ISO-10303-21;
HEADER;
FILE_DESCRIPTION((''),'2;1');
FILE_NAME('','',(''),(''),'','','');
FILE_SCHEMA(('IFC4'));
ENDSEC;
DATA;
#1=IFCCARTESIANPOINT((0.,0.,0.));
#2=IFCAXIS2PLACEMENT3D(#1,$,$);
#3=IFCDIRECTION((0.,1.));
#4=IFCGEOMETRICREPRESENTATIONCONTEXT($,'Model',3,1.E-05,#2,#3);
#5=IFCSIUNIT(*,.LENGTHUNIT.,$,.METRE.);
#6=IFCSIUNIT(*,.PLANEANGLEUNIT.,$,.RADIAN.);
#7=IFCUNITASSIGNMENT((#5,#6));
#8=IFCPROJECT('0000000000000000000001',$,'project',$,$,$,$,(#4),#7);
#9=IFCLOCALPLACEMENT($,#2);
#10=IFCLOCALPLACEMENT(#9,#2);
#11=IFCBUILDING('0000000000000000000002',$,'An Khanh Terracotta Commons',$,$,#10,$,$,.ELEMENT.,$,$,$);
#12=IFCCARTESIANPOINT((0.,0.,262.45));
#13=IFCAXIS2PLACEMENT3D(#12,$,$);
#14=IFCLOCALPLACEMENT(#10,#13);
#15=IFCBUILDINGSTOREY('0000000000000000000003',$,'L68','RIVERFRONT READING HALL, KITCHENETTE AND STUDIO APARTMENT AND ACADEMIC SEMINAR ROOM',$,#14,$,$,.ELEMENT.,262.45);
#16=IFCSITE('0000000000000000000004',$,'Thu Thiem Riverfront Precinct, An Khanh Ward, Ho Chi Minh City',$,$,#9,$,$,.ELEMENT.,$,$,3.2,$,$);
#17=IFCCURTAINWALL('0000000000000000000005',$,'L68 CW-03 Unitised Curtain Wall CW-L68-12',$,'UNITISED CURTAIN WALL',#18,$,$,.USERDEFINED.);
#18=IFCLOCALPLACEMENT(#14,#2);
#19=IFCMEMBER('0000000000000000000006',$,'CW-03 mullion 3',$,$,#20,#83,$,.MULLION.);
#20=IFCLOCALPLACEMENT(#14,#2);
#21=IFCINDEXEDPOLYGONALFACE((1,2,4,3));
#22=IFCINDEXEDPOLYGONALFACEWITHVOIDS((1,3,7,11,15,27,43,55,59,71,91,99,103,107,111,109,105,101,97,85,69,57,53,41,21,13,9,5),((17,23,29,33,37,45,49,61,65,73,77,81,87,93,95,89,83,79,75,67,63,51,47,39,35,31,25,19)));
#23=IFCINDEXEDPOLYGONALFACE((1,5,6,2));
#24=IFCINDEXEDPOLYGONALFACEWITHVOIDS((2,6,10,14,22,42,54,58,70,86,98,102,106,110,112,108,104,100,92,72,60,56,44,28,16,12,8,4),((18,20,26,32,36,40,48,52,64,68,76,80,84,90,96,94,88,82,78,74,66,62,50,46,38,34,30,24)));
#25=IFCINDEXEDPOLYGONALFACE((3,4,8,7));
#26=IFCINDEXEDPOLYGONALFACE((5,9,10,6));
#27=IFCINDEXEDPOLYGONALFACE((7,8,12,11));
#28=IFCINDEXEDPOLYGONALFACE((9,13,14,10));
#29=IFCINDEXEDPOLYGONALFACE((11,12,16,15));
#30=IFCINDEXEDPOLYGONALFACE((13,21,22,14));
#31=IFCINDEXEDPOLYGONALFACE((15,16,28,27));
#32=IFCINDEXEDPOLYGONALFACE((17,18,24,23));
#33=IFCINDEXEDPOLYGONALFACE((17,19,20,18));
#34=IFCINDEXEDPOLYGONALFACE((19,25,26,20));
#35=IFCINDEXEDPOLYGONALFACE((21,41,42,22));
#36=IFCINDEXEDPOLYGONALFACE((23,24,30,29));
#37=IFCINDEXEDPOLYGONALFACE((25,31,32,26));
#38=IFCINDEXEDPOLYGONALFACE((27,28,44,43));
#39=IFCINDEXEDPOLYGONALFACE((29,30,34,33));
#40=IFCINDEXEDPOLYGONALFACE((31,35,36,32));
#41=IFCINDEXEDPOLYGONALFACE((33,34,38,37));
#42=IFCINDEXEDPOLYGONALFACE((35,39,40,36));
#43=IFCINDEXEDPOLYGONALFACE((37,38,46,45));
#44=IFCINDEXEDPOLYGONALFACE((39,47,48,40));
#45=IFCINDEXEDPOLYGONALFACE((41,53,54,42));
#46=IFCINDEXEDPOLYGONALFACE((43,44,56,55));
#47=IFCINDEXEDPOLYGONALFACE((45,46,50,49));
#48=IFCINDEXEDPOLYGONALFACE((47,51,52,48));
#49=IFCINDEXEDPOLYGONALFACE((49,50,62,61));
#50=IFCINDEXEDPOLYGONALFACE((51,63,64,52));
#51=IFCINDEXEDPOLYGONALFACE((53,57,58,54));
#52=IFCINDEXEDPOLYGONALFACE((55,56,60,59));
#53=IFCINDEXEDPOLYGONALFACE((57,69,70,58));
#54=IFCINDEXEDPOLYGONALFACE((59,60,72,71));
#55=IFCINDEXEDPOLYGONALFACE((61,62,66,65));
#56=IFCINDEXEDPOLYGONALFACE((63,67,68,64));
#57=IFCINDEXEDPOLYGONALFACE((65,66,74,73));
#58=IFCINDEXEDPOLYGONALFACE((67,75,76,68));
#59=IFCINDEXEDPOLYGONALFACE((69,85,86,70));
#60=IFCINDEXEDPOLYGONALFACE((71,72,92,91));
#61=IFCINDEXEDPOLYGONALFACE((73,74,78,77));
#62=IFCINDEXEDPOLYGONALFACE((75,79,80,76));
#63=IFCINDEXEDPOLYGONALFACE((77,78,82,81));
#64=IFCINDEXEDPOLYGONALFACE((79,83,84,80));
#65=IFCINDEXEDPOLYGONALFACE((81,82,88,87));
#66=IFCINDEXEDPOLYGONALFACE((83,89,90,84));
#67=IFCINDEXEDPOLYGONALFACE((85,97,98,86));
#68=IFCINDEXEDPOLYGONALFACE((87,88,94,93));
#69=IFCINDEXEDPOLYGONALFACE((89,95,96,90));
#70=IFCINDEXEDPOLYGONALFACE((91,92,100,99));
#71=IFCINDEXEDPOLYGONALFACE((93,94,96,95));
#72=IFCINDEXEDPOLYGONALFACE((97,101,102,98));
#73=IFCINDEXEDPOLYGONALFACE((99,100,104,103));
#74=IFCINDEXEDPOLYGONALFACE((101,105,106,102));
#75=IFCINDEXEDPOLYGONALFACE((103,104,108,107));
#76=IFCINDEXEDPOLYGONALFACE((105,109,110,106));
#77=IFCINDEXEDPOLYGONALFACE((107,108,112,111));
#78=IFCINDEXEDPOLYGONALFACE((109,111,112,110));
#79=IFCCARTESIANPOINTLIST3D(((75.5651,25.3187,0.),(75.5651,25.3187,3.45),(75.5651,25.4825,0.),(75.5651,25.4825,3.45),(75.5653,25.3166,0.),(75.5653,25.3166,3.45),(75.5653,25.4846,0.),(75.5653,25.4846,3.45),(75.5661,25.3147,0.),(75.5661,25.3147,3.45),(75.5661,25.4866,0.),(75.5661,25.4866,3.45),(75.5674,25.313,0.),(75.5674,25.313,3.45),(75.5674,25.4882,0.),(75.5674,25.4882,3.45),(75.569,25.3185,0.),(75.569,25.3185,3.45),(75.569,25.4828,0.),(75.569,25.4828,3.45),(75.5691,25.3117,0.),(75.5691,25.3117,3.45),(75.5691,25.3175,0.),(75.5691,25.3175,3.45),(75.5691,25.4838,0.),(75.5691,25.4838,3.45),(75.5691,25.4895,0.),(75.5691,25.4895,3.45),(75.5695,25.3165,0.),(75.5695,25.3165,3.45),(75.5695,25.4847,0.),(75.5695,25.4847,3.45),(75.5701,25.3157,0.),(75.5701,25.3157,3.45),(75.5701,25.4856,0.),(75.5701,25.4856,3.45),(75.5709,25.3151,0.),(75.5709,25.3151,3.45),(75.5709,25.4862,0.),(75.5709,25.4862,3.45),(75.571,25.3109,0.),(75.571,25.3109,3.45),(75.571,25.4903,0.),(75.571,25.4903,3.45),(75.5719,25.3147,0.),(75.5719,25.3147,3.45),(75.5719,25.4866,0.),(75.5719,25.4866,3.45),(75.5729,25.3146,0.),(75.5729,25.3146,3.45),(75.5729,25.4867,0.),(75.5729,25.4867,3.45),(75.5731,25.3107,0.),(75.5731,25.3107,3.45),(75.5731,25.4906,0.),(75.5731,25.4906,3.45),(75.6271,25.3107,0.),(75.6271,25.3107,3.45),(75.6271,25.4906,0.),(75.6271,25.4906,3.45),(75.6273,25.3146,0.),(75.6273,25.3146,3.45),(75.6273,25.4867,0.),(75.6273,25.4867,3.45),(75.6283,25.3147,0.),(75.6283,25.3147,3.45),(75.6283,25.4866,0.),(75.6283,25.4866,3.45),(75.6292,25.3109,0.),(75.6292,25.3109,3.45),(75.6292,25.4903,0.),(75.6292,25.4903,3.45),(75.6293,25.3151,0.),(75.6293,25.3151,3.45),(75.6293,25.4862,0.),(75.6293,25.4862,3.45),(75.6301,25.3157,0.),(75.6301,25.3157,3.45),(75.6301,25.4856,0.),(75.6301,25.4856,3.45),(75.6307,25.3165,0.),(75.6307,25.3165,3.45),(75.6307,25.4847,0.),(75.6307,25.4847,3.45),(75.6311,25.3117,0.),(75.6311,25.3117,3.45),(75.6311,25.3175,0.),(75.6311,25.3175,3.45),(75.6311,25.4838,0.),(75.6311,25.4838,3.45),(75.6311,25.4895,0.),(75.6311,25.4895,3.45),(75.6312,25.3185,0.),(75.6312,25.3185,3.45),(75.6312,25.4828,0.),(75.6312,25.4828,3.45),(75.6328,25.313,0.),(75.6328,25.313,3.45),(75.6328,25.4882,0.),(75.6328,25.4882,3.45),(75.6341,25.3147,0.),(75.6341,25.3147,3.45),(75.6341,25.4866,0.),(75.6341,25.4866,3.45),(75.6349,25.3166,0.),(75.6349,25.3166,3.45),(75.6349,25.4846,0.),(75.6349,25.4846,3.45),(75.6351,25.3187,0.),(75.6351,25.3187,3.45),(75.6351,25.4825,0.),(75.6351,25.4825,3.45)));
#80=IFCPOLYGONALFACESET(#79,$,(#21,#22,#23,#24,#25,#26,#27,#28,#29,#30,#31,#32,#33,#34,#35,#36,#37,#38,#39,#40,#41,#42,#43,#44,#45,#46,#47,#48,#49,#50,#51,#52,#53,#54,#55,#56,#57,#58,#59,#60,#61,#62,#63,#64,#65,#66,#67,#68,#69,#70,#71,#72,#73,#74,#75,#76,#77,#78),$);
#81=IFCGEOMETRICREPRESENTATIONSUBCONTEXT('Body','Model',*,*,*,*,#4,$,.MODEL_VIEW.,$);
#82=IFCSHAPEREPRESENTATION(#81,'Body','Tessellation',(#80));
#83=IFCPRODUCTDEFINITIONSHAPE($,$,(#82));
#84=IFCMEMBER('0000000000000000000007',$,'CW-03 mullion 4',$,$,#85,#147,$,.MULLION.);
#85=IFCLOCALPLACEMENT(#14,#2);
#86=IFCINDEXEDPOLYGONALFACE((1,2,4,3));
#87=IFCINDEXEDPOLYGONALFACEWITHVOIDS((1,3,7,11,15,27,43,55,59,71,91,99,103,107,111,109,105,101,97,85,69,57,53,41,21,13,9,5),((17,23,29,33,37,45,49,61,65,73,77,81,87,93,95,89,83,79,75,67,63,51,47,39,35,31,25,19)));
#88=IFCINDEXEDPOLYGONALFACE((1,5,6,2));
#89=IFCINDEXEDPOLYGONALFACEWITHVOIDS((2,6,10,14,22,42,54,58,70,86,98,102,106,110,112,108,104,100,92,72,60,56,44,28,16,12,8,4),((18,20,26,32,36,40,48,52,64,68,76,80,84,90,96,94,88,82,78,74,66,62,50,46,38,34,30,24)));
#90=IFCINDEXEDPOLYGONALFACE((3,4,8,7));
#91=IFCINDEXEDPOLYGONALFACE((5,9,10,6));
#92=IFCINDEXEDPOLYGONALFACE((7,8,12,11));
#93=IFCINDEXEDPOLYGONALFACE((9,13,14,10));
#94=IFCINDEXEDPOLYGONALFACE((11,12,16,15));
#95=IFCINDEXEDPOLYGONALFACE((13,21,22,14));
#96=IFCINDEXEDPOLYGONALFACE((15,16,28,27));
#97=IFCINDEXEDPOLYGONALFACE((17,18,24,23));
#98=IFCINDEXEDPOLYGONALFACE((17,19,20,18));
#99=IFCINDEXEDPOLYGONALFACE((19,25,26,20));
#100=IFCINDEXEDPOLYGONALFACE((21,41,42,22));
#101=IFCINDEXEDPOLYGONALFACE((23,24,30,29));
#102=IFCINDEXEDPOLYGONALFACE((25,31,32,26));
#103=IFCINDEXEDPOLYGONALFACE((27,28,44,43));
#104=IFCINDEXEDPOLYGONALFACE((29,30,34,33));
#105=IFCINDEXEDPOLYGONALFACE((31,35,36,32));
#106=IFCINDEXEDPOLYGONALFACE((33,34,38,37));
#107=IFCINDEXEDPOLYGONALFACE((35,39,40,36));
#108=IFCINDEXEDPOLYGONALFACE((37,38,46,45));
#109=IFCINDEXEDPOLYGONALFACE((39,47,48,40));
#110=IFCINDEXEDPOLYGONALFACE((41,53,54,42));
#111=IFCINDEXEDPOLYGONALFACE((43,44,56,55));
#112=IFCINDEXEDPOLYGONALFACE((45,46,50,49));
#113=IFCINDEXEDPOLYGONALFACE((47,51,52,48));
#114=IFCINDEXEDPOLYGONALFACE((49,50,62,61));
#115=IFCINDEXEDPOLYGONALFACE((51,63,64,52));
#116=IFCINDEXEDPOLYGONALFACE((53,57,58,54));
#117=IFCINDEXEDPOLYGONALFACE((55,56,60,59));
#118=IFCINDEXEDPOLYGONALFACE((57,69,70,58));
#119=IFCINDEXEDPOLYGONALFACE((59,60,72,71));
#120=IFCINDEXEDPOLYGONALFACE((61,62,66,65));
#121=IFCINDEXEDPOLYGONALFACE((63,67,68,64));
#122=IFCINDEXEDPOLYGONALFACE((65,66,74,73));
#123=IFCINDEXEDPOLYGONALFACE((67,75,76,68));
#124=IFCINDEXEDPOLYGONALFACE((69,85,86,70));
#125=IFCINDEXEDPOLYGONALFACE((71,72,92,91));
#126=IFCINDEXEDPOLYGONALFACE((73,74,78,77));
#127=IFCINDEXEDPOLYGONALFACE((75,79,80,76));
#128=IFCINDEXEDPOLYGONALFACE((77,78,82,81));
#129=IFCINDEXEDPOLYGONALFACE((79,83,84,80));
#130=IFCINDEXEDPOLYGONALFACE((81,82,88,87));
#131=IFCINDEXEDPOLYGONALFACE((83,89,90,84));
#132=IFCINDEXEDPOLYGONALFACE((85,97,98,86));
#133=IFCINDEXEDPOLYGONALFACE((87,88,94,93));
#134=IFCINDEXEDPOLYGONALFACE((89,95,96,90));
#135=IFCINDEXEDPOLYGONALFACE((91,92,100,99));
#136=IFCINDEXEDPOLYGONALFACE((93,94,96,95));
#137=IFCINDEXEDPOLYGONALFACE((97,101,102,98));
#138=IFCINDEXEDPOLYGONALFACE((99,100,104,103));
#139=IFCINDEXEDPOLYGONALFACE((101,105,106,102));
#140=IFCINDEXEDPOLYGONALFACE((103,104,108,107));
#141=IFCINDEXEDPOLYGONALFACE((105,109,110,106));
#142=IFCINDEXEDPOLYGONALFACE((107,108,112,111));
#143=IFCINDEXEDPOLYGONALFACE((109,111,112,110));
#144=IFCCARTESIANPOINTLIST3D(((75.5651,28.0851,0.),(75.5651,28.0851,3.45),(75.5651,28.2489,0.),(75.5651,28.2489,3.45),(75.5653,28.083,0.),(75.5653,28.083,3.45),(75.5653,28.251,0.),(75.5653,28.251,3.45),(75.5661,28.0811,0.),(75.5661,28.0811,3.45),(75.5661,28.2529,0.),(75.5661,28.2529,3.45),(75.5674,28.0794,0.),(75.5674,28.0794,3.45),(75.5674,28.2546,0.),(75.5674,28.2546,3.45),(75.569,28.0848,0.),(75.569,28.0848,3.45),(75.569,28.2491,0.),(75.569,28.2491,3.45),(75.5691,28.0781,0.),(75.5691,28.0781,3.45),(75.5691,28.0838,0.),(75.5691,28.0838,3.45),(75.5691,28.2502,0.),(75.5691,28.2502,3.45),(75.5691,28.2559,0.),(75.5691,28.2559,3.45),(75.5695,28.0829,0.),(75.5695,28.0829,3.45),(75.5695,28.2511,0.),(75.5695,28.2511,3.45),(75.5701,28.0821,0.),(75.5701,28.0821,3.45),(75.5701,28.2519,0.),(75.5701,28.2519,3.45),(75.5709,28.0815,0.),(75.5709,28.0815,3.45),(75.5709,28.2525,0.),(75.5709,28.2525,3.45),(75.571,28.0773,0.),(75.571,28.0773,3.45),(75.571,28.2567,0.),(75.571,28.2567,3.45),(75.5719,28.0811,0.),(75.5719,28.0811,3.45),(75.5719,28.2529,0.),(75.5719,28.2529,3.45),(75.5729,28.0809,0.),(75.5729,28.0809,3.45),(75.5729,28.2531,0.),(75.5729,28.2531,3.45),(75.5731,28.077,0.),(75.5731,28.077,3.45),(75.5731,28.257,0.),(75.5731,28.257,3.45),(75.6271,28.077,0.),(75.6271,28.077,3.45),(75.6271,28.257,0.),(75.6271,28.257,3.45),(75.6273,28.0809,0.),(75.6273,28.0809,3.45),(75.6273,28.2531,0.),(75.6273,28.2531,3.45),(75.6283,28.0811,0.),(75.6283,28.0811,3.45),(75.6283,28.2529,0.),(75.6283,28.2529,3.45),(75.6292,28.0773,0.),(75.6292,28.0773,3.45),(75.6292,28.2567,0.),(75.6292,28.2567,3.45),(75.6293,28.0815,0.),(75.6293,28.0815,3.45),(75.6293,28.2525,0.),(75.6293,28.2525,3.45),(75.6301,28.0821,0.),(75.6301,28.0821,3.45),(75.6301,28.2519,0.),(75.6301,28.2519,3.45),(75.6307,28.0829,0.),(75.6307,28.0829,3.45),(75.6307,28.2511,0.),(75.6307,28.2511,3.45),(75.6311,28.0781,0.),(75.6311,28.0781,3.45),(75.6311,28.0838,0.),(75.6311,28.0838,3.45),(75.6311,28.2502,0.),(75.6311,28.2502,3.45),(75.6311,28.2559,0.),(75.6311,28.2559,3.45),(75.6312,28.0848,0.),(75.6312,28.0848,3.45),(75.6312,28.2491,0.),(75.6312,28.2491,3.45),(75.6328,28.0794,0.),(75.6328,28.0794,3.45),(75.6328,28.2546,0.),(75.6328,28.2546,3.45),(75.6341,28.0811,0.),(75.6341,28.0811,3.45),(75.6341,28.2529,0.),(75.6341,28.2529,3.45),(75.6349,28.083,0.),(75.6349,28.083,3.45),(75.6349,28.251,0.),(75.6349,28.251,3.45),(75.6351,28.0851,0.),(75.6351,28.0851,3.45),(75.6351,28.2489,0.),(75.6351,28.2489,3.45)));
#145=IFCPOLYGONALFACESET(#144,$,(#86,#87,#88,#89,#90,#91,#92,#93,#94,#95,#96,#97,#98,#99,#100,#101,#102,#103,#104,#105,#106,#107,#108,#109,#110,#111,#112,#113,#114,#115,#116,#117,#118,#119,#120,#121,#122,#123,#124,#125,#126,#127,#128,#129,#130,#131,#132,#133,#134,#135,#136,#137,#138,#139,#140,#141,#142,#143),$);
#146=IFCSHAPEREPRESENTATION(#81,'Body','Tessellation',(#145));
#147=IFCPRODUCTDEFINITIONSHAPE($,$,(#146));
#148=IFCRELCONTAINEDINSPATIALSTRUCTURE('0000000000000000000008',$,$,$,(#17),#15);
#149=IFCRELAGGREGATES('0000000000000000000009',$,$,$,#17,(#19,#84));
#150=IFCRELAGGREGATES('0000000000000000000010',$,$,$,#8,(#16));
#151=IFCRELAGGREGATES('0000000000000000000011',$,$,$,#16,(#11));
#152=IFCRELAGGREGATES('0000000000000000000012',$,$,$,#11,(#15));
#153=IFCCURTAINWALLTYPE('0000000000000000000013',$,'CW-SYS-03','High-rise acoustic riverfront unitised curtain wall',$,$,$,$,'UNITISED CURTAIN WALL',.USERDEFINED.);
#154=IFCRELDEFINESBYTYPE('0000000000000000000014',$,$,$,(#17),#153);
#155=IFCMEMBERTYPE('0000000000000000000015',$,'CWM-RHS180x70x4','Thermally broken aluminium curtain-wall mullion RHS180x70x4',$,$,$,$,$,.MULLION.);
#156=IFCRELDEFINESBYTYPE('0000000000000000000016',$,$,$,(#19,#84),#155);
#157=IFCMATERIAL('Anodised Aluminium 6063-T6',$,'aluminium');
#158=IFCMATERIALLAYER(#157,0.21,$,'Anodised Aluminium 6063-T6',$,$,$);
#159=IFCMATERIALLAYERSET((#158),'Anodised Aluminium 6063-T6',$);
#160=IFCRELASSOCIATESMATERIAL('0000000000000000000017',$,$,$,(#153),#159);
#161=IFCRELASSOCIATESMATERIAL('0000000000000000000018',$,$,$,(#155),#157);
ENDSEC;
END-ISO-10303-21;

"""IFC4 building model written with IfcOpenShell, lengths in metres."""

from ifc_helpers import new_model, si_unit, direction, frame, origin, origin_2d, place, context, subcontext, project, spatial, hollow_rectangle, extrude, material, layer, layer_set, material_profile, profile_set, type_object, element, aggregate, save


model = new_model("IFC4")

# Units and contexts
model_context = context("Model", 3, precision=1e-05, world=origin(), true_north=direction((0.0, 1.0)))
body_context = subcontext(model_context, "Body", "Model", "MODEL_VIEW")
ifc_project = project(units=[si_unit("LENGTHUNIT", "METRE"), si_unit("PLANEANGLEUNIT", "RADIAN")], contexts=[model_context])

# Site, building, storey
site_placement = place(None, origin())
site = spatial("IfcSite", under=ifc_project, at=site_placement, Name="Thu Thiem Riverfront Precinct, An Khanh Ward, Ho Chi Minh City", CompositionType="ELEMENT", RefElevation=3.2)
building_placement = place(site_placement, origin())
building = spatial("IfcBuilding", under=site, at=building_placement, Name="An Khanh Terracotta Commons", CompositionType="ELEMENT")
storey_placement = place(building_placement, frame((0.0, 0.0, 262.45)))
storey = spatial("IfcBuildingStorey", under=building, at=storey_placement, Name="L68", Description="RIVERFRONT READING HALL, KITCHENETTE AND STUDIO APARTMENT AND ACADEMIC SEMINAR ROOM", CompositionType="ELEMENT", Elevation=262.45)

# Curtain wall, members
ifc_material_1 = material(Name="Anodised Aluminium 6063-T6", Category="aluminium")
ifc_layer_1 = layer(ifc_material_1, 0.21, Name="Anodised Aluminium 6063-T6")
ifc_layer_set_1 = layer_set([ifc_layer_1], Name="Anodised Aluminium 6063-T6")
curtain_wall_type = type_object("IfcCurtainWallType", Name="CW-SYS-03", Description="High-rise acoustic riverfront unitised curtain wall", ElementType="UNITISED CURTAIN WALL", PredefinedType="USERDEFINED", material=ifc_layer_set_1)
curtain_wall_1_placement = place(storey_placement, origin())
curtain_wall_1 = element("IfcCurtainWall", 1, at=curtain_wall_1_placement, inside=storey, type_object=curtain_wall_type, Name="L68 CW-03 Unitised Curtain Wall CW-L68-12", ObjectType="UNITISED CURTAIN WALL", PredefinedType="USERDEFINED")
ifc_material_profile_1 = material_profile(ifc_material_1, hollow_rectangle(XDim=0.0701, YDim=0.1799, WallThickness=0.0039, InnerFilletRadius=0.0039, OuterFilletRadius=0.0081, at=origin_2d()), Name="RHS180x70x4")
ifc_profile_set_1 = profile_set([ifc_material_profile_1], Name="Anodised Aluminium 6063-T6")
member_type_1 = type_object("IfcMemberType", Name="CWM-RHS180x70x4", Description="Thermally broken aluminium curtain-wall mullion RHS180x70x4", PredefinedType="MULLION", material=ifc_profile_set_1)
member_1_placement = place(storey_placement, frame((75.6001, 25.4006, 0.0), z_axis=(0.0, 0.0, 1.0), x_axis=(-1.0, 0.0, 0.0)))
member_1 = element("IfcMember", 2, at=member_1_placement, type_object=member_type_1, Name="CW-03 mullion 3", PredefinedType="MULLION", context=body_context, shape_type="SweptSolid", body=[
    extrude(hollow_rectangle(XDim=0.0701, YDim=0.1799, WallThickness=0.0039, InnerFilletRadius=0.0039, OuterFilletRadius=0.0081, at=origin_2d()), origin(), (0.0, 0.0, 1.0), 3.45),
])
member_2_placement = place(storey_placement, frame((75.6001, 28.167, 0.0), z_axis=(0.0, 0.0, 1.0), x_axis=(-1.0, 0.0, 0.0)))
member_2 = element("IfcMember", 3, at=member_2_placement, type_object=member_type_1, Name="CW-03 mullion 4", PredefinedType="MULLION", context=body_context, shape_type="SweptSolid", body=[
    extrude(hollow_rectangle(XDim=0.0701, YDim=0.1799, WallThickness=0.0039, InnerFilletRadius=0.0039, OuterFilletRadius=0.0081, at=origin_2d()), origin(), (0.0, 0.0, 1.0), 3.45),
])

aggregate(curtain_wall_1, [member_1, member_2])

save(model, "model.ifc")
